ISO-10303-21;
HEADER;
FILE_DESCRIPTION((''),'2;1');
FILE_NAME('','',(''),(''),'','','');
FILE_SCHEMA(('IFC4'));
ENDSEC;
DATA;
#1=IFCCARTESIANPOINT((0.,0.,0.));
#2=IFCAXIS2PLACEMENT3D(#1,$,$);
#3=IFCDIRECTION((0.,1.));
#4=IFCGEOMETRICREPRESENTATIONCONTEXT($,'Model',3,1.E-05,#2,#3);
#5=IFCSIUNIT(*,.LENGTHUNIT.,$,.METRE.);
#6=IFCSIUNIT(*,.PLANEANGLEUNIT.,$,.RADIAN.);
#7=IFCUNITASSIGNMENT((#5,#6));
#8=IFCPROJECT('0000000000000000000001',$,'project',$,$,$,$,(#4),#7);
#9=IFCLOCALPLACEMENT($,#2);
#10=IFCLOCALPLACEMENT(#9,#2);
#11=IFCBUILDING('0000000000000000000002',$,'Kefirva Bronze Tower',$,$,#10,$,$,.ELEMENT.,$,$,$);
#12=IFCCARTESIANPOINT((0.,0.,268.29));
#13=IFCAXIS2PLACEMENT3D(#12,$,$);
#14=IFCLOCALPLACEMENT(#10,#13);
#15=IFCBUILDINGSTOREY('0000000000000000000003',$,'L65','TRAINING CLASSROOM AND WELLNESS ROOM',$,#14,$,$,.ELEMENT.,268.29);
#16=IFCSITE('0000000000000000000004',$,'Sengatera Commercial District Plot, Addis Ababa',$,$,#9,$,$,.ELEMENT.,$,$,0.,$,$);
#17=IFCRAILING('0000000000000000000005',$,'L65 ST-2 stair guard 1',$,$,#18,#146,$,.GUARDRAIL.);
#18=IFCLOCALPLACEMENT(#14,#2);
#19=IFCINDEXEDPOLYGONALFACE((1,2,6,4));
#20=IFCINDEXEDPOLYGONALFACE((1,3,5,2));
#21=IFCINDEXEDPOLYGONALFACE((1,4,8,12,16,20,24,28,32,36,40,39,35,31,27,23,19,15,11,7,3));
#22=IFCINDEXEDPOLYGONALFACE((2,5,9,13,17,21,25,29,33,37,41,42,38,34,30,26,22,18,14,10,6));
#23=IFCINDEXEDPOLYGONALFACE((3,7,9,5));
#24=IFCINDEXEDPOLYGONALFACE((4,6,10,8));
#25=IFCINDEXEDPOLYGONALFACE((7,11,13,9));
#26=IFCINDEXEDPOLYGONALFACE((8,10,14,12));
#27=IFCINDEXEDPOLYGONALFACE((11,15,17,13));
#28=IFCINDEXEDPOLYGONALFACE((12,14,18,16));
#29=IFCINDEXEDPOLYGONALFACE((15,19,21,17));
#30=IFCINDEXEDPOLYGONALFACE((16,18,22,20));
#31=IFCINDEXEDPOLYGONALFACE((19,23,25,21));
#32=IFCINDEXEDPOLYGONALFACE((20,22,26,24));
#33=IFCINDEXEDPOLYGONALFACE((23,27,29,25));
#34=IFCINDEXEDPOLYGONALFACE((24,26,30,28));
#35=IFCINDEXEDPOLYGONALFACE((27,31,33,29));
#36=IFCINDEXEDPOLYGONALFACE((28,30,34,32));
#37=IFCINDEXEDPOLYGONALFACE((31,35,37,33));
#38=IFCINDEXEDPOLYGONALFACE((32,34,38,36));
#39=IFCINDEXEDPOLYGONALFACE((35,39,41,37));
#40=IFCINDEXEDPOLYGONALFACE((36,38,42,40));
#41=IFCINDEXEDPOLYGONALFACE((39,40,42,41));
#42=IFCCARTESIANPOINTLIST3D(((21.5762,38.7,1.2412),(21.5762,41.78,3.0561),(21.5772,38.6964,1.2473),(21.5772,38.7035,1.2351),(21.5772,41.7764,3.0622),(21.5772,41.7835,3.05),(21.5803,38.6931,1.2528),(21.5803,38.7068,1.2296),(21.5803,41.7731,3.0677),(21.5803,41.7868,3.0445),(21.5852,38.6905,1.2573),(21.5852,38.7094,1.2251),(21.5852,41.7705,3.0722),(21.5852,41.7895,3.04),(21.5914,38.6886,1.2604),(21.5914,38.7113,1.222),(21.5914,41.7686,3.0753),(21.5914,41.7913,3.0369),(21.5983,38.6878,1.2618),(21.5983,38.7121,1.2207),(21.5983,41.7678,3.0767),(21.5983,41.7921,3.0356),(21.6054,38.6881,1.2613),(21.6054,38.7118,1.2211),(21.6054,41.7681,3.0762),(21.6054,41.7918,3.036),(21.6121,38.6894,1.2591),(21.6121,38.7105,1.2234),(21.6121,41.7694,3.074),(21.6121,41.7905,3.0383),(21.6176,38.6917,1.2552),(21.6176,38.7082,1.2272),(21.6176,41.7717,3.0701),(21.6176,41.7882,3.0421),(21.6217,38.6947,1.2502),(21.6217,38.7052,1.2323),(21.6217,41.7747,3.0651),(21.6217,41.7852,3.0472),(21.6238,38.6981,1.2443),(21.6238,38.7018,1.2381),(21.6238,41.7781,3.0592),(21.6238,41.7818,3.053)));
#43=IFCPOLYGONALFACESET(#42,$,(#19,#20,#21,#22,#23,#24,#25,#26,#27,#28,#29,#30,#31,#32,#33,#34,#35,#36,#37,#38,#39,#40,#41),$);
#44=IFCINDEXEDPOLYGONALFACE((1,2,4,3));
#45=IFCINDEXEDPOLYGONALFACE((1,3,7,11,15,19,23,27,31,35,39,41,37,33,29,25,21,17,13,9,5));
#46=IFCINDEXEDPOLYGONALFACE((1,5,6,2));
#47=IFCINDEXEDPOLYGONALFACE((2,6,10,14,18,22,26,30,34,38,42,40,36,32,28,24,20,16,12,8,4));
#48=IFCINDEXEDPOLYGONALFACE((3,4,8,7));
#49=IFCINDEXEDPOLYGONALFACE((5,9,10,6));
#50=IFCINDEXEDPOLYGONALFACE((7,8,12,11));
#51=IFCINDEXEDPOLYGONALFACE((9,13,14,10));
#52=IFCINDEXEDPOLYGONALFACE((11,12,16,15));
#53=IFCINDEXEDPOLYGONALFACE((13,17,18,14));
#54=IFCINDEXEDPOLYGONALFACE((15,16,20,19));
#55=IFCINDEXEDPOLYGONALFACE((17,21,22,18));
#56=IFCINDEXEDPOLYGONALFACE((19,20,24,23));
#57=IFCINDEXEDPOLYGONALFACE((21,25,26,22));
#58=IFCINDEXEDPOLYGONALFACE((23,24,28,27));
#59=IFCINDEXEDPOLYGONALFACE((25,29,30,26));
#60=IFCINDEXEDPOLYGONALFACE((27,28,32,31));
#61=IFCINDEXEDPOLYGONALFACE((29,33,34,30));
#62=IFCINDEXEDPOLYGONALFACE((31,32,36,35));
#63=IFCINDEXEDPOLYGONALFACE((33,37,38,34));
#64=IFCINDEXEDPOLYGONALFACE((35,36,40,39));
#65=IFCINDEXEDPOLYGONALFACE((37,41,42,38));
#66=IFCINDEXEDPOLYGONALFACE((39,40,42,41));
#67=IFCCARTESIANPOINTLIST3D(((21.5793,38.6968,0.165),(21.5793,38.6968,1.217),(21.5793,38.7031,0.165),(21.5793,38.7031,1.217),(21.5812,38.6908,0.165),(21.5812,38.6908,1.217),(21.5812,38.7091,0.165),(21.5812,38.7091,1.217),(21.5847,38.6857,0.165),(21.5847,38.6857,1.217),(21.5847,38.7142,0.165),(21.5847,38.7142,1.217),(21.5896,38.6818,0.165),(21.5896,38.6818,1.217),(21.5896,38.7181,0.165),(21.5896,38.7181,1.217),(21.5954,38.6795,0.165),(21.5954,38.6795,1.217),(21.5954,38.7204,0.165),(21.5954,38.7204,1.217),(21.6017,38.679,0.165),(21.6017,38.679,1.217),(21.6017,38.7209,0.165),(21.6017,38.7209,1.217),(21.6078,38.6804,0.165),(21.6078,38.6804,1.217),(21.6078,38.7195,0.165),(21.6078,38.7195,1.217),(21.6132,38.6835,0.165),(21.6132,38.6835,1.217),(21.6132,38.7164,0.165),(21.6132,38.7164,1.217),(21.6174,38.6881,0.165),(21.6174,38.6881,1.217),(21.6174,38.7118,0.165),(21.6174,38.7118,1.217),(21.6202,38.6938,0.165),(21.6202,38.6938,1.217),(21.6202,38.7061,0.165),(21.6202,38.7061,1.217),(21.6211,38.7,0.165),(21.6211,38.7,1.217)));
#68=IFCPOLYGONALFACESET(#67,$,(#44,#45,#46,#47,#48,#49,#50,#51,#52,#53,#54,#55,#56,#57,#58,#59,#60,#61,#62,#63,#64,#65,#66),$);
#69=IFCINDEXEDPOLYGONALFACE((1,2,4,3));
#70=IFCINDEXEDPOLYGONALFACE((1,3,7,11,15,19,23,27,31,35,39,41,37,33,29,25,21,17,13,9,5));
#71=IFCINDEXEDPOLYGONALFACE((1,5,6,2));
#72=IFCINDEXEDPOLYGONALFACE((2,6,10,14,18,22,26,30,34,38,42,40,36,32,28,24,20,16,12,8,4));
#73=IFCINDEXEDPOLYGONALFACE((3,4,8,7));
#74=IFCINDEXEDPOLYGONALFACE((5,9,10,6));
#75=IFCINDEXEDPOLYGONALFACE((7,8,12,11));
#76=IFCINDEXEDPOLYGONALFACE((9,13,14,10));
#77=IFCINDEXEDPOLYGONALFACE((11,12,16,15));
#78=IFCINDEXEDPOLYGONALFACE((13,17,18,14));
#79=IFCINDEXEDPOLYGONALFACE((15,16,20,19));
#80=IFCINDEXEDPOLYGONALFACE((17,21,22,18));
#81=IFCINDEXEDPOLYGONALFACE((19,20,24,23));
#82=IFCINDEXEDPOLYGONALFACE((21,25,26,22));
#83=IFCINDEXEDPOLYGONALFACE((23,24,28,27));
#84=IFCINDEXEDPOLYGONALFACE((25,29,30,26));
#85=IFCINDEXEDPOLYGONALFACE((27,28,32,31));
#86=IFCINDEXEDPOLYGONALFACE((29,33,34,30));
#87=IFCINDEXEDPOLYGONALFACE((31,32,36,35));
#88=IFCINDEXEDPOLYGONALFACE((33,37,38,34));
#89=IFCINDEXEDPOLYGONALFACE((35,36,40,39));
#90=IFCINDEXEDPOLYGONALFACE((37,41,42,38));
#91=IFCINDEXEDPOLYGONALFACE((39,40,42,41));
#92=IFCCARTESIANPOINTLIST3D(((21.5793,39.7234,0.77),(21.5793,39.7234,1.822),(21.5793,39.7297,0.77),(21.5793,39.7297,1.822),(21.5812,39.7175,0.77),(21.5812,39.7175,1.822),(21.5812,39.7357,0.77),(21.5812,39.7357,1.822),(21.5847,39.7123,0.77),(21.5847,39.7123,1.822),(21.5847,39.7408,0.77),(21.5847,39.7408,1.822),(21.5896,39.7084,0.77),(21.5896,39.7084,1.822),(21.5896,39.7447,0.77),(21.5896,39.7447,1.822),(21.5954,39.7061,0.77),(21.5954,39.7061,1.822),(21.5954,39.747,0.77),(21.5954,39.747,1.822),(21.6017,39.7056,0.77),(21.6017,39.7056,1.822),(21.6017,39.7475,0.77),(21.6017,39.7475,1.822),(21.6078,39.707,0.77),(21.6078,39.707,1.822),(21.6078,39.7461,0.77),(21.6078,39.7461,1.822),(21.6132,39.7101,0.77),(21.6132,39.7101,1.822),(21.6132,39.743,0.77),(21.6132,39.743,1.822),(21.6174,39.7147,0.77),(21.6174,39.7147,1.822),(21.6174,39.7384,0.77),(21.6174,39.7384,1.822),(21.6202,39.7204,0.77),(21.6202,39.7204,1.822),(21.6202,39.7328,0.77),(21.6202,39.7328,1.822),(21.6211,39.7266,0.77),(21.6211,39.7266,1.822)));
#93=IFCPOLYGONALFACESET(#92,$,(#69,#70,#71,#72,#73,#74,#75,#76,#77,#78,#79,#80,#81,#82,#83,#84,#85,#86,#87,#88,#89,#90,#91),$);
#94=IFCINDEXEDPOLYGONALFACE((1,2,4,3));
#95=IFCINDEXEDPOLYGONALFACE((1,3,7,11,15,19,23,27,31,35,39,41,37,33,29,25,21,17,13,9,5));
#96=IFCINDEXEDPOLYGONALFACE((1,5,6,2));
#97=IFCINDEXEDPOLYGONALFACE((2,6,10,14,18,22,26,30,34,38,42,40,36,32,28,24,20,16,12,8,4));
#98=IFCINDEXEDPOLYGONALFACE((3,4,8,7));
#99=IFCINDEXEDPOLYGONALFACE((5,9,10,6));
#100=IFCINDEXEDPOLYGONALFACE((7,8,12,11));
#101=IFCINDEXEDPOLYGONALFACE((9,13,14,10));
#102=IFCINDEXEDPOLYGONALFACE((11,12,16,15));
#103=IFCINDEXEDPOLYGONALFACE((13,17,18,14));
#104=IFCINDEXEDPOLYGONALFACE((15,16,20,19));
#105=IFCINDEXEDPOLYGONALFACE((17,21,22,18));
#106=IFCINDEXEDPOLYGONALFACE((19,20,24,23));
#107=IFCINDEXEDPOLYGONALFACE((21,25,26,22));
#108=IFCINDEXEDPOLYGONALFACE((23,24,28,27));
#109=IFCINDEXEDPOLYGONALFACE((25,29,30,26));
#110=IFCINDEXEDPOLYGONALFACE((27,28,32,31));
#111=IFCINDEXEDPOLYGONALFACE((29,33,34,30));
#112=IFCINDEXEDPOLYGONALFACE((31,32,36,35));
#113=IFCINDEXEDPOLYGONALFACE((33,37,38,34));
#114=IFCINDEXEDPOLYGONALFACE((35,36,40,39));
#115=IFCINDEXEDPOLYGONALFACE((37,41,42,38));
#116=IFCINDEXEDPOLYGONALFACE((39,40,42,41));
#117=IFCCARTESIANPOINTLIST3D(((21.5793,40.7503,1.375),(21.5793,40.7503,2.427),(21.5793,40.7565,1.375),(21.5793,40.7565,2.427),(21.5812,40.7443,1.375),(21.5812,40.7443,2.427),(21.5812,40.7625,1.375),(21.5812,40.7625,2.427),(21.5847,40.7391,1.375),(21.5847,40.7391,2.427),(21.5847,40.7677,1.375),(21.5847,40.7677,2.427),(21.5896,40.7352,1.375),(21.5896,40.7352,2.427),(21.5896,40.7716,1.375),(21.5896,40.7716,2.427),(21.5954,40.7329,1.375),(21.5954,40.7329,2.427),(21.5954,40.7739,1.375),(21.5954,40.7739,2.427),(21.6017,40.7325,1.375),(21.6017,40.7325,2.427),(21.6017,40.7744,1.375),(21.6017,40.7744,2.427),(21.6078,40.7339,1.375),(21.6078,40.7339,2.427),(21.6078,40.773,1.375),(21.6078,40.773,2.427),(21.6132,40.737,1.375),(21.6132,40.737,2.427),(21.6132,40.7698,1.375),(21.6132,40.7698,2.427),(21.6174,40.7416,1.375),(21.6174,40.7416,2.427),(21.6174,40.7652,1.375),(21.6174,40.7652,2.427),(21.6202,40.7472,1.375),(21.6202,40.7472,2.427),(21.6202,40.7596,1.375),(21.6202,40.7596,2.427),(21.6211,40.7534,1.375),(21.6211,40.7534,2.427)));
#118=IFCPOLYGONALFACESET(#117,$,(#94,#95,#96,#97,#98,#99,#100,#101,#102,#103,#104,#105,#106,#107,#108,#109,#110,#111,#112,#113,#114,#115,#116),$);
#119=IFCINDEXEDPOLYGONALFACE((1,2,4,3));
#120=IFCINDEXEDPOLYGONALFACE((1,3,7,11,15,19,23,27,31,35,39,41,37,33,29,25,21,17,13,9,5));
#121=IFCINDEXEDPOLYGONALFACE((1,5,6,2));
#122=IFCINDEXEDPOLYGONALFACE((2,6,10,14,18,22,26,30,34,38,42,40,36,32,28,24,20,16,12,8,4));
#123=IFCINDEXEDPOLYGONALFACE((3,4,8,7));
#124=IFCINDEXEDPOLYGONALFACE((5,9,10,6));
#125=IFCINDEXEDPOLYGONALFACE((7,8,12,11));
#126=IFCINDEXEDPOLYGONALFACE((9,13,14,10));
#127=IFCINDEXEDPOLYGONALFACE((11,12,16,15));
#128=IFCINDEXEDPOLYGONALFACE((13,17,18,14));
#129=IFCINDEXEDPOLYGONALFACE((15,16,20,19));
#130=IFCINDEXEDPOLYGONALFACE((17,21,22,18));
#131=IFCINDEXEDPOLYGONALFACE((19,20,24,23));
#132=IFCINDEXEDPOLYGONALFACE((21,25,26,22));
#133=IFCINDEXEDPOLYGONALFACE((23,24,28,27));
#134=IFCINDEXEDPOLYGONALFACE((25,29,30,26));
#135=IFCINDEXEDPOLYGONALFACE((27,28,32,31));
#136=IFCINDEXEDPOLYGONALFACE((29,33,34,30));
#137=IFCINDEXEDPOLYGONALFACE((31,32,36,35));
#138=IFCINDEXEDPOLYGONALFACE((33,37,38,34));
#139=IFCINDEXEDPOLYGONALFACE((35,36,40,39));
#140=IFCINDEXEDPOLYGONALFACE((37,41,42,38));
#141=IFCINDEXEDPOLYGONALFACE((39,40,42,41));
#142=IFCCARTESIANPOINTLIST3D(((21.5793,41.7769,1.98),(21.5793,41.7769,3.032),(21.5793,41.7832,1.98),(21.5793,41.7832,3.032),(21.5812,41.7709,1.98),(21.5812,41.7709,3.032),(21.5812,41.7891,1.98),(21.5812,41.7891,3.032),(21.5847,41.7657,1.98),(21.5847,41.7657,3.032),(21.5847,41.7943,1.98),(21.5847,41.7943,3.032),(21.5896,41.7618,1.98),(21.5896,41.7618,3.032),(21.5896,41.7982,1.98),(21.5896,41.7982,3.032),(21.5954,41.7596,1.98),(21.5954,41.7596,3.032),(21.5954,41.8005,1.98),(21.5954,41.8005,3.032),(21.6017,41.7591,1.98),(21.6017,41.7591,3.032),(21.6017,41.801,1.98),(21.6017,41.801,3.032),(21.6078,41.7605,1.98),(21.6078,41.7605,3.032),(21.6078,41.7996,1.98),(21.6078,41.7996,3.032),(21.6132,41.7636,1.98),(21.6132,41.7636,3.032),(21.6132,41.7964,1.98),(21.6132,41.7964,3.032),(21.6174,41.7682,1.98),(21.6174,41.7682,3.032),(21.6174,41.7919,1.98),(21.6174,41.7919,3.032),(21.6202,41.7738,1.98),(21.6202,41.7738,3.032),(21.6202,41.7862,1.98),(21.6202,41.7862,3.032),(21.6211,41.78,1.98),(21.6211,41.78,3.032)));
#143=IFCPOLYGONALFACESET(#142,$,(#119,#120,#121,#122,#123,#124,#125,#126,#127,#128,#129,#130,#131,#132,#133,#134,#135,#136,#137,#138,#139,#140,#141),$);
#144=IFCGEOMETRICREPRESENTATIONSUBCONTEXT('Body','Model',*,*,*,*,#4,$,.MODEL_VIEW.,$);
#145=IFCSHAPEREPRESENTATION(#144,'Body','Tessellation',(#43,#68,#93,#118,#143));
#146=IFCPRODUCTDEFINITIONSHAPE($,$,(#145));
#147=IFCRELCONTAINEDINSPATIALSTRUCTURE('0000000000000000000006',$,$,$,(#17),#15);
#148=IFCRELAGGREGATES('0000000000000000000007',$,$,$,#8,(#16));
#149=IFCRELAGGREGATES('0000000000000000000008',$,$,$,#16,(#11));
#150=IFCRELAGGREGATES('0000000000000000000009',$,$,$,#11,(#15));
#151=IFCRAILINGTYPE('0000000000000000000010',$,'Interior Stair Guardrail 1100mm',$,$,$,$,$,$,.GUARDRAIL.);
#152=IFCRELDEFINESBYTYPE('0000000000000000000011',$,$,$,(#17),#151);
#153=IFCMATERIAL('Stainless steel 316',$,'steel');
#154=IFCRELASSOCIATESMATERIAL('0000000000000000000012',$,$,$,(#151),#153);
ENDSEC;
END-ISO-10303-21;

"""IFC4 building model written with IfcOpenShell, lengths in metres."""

from ifc_helpers import new_model, si_unit, direction, frame, origin, origin_2d, place, context, subcontext, project, spatial, circle, extrude, material, type_object, element, save


model = new_model("IFC4")

# Units and contexts
model_context = context("Model", 3, precision=1e-05, world=origin(), true_north=direction((0.0, 1.0)))
body_context = subcontext(model_context, "Body", "Model", "MODEL_VIEW")
ifc_project = project(units=[si_unit("LENGTHUNIT", "METRE"), si_unit("PLANEANGLEUNIT", "RADIAN")], contexts=[model_context])

# Site, building, storey
site_placement = place(None, origin())
site = spatial("IfcSite", under=ifc_project, at=site_placement, Name="Sengatera Commercial District Plot, Addis Ababa", CompositionType="ELEMENT", RefElevation=0.0)
building_placement = place(site_placement, origin())
building = spatial("IfcBuilding", under=site, at=building_placement, Name="Kefirva Bronze Tower", CompositionType="ELEMENT")
storey_placement = place(building_placement, frame((0.0, 0.0, 268.29)))
storey = spatial("IfcBuildingStorey", under=building, at=storey_placement, Name="L65", Description="TRAINING CLASSROOM AND WELLNESS ROOM", CompositionType="ELEMENT", Elevation=268.29)

# Railing
ifc_material_1 = material(Name="Stainless steel 316", Category="steel")
railing_type_1 = type_object("IfcRailingType", Name="Interior Stair Guardrail 1100mm", PredefinedType="GUARDRAIL", material=ifc_material_1)
railing_1_placement = place(storey_placement, frame((21.6001, 38.7, 0.165)))
element("IfcRailing", 1, at=railing_1_placement, inside=storey, type_object=railing_type_1, Name="L65 ST-2 stair guard 1", PredefinedType="GUARDRAIL", context=body_context, shape_type="SweptSolid", body=[
    extrude(circle(Radius=0.0239, at=origin_2d()), frame((0.0, 0.0, 1.0762), z_axis=(0.0, 0.861551, 0.507671), x_axis=(-1.0, 0.0, 0.0)), (0.0, 0.0, 1.0), 3.575),
    extrude(circle(Radius=0.021, at=origin_2d()), origin(), (0.0, 0.0, 1.0), 1.052),
    extrude(circle(Radius=0.021, at=origin_2d()), frame((0.0, 1.0266, 0.605)), (0.0, 0.0, 1.0), 1.052),
    extrude(circle(Radius=0.021, at=origin_2d()), frame((0.0, 2.0535, 1.21)), (0.0, 0.0, 1.0), 1.052),
    extrude(circle(Radius=0.021, at=origin_2d()), frame((0.0, 3.0801, 1.8149)), (0.0, 0.0, 1.0), 1.052),
])

save(model, "model.ifc")
